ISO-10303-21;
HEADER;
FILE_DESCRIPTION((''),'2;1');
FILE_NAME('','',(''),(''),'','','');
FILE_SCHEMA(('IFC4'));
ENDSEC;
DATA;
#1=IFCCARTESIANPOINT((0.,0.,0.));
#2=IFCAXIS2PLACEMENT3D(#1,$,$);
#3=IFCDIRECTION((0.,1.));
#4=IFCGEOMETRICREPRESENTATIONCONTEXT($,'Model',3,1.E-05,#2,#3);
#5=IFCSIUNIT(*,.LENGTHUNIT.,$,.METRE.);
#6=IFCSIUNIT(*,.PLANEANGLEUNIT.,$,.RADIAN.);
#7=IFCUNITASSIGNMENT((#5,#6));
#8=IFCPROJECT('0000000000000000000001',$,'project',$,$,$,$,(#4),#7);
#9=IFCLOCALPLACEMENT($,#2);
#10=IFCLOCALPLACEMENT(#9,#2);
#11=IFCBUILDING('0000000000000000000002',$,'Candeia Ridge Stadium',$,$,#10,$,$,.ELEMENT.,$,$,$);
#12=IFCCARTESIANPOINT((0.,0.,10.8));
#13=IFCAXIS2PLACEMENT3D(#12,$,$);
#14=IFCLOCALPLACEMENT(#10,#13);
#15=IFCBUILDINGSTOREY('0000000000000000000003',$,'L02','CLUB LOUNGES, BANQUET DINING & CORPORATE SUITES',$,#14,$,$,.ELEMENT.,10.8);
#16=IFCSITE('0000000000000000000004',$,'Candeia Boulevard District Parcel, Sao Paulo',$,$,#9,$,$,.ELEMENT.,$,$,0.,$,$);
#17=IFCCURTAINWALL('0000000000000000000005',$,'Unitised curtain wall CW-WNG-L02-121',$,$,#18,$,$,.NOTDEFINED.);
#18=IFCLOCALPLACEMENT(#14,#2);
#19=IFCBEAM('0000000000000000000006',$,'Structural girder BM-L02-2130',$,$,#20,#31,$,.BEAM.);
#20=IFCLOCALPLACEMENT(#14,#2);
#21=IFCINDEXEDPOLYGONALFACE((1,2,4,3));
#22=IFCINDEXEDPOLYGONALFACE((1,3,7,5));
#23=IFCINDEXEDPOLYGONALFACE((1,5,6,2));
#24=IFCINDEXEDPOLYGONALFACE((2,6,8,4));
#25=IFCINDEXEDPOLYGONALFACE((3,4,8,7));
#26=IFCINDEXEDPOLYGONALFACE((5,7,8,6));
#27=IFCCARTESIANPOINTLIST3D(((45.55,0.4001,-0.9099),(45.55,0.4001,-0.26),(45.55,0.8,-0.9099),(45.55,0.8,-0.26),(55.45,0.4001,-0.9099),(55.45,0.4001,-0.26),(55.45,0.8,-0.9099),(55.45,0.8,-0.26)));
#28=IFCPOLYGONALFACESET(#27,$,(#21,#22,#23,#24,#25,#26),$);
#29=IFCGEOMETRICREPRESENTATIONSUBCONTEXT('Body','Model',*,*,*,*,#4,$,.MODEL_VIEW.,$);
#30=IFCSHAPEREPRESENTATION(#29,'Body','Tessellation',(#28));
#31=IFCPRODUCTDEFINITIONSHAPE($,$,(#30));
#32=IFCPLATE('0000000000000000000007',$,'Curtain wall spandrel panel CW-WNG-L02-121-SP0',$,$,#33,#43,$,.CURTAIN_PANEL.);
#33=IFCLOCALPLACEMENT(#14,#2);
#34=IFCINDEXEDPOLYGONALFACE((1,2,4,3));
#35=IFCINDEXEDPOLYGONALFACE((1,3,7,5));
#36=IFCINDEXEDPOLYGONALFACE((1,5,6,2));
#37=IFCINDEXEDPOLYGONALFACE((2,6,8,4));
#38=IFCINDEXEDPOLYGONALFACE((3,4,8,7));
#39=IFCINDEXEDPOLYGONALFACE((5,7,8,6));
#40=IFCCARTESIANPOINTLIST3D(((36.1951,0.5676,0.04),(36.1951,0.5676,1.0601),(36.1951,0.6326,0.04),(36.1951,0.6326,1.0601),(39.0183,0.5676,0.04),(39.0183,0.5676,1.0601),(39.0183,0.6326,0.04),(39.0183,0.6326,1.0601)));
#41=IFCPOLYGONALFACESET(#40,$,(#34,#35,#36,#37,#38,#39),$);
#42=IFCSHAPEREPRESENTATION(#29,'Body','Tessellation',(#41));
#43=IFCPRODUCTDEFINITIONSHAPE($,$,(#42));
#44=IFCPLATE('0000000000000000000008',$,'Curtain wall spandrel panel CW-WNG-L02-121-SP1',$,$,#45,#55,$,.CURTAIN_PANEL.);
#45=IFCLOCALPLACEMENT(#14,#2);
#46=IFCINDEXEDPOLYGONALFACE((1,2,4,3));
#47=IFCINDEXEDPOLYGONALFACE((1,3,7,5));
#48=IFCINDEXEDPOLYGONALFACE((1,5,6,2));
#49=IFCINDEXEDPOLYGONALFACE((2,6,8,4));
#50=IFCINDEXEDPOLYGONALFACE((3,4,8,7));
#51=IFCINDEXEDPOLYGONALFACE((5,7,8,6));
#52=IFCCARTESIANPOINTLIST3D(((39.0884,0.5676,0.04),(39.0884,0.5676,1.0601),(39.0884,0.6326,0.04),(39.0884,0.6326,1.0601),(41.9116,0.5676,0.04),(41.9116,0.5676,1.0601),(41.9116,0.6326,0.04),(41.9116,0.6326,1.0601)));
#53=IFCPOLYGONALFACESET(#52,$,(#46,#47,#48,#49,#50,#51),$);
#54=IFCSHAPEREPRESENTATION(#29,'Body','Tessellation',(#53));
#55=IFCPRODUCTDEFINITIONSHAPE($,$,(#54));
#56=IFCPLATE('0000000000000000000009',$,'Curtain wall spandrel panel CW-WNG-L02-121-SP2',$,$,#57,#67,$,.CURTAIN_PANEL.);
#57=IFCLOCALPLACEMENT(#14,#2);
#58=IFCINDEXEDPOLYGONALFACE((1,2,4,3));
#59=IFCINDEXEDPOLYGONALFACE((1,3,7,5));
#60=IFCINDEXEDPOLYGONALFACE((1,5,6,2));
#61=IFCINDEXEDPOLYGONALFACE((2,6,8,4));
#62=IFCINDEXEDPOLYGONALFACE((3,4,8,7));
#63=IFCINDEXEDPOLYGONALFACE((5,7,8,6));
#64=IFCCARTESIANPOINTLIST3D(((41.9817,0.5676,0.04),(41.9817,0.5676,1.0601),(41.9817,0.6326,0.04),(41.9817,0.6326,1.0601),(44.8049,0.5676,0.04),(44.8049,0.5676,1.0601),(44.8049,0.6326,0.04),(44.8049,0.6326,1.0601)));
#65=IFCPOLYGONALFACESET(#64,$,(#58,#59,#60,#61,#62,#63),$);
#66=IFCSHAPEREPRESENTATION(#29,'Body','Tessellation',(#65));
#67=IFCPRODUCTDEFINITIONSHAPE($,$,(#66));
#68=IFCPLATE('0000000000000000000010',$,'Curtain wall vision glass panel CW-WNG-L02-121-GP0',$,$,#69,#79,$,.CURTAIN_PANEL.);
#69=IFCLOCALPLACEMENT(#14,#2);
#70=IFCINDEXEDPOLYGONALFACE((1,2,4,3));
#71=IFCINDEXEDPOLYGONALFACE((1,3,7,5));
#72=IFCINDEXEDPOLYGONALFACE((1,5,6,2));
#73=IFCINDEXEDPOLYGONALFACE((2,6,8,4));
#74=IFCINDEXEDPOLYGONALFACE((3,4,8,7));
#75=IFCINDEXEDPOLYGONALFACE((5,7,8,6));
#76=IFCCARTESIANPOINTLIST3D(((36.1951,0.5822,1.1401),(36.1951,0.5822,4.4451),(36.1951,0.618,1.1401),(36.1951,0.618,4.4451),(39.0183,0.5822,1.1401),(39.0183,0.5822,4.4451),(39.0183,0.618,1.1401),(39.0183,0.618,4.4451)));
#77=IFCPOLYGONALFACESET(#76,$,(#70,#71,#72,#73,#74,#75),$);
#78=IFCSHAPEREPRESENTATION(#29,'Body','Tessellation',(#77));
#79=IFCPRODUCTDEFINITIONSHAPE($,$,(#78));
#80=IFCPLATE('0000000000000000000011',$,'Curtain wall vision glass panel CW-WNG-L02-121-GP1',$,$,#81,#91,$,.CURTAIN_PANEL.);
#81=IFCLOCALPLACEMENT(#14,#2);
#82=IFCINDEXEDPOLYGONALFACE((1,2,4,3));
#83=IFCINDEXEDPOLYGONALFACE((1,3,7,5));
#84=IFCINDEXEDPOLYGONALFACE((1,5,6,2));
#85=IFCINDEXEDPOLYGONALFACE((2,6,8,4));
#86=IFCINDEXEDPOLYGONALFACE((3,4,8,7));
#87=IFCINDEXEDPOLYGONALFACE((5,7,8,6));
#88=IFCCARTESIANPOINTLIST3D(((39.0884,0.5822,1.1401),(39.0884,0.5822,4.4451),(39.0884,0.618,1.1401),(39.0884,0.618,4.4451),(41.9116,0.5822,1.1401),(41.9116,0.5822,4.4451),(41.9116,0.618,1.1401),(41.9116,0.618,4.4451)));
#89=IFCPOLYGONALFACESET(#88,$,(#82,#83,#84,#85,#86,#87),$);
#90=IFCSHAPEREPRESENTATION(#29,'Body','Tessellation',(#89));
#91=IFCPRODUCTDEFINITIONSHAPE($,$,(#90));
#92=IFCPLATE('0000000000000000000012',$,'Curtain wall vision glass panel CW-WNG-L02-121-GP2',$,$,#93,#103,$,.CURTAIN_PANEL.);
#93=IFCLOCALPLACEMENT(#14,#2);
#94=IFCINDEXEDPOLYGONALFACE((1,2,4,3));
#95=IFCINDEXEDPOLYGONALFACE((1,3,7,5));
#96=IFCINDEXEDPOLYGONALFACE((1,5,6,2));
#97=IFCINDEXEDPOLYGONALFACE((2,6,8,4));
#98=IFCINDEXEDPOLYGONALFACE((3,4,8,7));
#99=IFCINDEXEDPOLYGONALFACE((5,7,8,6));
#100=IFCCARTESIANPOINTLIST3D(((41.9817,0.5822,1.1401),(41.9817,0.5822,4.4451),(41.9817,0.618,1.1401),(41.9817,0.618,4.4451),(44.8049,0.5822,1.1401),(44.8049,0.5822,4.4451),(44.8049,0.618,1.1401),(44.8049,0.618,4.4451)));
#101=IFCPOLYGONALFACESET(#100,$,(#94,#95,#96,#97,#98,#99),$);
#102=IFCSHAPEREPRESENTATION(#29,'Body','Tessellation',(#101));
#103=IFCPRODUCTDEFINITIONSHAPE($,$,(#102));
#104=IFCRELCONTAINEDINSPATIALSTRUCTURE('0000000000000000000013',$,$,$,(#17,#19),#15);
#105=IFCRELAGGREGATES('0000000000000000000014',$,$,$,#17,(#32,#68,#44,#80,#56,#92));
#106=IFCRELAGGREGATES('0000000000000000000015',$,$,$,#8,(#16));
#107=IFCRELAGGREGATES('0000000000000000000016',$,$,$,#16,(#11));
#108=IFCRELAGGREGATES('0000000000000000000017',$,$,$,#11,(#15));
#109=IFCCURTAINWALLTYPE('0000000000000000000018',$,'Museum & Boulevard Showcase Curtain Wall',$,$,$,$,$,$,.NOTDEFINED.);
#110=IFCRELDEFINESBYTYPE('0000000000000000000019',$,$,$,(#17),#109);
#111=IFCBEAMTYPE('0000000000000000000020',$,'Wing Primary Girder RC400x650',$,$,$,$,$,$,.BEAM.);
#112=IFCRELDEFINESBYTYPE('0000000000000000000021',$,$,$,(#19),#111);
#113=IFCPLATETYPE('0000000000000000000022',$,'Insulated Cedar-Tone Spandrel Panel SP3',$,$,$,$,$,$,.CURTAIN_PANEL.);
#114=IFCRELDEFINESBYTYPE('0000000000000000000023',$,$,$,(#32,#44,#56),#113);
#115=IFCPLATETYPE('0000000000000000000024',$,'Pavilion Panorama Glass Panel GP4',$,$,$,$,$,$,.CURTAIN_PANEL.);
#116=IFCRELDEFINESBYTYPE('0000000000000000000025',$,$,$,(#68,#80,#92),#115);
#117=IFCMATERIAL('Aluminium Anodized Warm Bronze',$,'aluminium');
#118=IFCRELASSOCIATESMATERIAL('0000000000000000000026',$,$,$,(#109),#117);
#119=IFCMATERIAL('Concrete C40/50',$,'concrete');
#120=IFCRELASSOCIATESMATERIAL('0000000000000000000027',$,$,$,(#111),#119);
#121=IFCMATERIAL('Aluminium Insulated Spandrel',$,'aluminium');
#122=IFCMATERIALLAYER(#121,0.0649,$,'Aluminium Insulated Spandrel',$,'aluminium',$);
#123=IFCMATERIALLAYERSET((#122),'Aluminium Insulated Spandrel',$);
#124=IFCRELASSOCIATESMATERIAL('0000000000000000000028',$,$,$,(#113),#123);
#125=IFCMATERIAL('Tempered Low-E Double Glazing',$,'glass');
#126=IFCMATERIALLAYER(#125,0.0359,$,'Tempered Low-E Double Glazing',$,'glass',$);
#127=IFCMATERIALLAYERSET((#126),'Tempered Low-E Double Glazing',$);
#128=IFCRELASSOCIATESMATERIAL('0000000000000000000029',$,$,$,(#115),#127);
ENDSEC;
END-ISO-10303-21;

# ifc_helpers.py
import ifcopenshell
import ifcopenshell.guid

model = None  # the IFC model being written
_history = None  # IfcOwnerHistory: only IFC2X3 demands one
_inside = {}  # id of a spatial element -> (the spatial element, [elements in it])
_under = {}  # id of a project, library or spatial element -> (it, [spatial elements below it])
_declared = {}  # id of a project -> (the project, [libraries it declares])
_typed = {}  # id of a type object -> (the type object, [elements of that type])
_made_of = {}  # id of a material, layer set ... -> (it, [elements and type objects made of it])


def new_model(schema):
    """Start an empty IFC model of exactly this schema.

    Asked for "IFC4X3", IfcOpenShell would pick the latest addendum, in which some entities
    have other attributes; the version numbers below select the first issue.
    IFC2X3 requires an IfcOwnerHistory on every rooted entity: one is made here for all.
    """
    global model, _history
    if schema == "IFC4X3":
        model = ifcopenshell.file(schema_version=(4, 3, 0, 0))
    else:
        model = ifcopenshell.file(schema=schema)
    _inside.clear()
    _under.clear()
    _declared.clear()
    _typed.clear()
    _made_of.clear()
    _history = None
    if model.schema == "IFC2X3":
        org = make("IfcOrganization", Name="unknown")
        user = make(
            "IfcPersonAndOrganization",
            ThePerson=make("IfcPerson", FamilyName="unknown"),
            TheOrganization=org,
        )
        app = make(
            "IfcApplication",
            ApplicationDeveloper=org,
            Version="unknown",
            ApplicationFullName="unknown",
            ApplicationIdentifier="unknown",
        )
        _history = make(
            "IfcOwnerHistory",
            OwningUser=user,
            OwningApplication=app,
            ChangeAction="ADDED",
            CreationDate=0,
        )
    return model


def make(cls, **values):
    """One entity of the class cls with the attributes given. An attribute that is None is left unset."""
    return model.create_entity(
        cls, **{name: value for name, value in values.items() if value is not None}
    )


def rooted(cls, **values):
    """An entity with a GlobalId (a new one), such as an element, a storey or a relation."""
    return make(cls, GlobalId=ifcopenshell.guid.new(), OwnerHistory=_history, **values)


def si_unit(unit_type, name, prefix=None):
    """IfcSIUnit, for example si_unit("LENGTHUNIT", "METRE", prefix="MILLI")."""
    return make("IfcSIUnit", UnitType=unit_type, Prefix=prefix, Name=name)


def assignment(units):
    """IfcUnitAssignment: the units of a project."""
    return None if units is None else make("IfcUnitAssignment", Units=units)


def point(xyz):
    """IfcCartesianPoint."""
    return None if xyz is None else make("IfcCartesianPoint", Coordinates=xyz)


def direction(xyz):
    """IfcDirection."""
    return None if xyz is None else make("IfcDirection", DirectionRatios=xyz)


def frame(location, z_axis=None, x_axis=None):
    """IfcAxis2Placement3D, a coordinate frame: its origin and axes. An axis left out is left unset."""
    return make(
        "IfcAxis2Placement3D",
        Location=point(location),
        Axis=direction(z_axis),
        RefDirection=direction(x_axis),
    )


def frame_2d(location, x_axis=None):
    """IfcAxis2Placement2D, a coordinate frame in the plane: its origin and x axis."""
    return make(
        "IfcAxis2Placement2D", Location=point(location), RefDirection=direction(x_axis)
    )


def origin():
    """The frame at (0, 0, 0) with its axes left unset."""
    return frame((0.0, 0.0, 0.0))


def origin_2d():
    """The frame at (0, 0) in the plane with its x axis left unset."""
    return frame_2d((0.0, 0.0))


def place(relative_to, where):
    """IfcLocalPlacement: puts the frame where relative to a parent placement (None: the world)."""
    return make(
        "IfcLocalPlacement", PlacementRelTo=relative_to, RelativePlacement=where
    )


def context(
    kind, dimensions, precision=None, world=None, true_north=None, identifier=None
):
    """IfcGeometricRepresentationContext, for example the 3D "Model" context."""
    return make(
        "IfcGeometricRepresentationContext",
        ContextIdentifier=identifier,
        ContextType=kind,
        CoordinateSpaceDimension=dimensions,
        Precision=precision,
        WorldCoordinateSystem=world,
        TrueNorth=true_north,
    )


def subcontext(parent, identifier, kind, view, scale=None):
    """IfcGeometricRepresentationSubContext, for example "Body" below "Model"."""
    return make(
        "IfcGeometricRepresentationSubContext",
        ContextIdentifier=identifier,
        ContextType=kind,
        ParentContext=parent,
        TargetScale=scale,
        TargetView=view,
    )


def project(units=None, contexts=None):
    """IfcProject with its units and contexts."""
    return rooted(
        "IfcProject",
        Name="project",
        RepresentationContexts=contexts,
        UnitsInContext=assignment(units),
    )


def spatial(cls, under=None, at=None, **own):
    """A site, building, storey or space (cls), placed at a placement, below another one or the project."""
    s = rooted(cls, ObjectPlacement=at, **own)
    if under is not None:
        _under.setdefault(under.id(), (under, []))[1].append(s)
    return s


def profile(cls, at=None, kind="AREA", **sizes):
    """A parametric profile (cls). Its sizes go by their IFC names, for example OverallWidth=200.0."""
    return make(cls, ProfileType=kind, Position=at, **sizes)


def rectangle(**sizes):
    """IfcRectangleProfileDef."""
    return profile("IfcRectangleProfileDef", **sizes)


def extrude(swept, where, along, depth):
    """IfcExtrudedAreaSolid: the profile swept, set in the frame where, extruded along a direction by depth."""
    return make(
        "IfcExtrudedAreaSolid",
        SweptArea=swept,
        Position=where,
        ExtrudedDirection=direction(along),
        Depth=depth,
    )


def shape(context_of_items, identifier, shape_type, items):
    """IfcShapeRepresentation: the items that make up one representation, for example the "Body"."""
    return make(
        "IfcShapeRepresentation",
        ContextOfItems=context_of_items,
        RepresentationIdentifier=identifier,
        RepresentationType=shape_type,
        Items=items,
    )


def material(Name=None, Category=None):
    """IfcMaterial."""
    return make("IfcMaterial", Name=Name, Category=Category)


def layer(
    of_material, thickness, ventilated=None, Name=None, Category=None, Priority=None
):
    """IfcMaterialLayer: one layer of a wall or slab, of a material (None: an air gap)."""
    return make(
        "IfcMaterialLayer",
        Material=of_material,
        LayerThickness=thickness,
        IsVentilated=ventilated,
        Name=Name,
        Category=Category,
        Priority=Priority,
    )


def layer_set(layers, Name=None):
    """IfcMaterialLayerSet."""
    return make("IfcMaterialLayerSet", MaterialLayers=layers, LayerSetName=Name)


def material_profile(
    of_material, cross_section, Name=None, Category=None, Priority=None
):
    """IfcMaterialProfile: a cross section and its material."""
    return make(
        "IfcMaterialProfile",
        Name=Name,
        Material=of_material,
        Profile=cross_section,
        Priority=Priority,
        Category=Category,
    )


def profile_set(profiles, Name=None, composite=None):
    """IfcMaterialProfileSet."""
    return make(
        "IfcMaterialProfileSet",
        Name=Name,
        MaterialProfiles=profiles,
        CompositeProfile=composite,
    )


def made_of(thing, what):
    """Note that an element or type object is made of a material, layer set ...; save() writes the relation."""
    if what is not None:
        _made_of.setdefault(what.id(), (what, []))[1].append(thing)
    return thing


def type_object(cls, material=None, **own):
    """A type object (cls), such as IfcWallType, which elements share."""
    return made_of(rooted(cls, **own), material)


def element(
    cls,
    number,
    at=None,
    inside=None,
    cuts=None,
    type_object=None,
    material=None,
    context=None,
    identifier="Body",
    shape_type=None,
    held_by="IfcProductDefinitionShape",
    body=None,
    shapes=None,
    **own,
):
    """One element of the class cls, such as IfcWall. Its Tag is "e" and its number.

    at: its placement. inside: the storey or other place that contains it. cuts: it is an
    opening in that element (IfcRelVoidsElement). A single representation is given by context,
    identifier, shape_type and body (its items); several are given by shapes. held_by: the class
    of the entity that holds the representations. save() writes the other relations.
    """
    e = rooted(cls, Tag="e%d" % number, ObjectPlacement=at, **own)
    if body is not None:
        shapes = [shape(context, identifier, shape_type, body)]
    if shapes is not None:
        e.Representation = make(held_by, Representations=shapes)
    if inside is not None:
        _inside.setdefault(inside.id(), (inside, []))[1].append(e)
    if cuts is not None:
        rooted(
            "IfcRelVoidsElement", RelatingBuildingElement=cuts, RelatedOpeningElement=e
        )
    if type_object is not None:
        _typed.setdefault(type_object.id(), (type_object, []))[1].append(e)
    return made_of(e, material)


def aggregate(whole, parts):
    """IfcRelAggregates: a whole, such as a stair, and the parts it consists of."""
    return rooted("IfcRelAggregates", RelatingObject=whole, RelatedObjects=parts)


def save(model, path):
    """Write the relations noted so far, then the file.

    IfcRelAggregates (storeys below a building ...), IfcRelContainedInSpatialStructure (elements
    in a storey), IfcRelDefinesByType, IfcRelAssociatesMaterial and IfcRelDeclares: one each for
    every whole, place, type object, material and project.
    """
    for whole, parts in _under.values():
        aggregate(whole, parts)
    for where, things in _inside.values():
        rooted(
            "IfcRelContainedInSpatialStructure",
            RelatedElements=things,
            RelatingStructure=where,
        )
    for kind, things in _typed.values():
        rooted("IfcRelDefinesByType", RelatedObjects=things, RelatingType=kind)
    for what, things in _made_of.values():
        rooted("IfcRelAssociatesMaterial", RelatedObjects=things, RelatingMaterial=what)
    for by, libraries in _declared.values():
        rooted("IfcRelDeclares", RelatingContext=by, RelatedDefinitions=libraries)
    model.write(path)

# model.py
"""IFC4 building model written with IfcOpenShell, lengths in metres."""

from ifc_helpers import new_model, si_unit, direction, frame, origin, origin_2d, place, context, subcontext, project, spatial, rectangle, extrude, material, layer, layer_set, material_profile, profile_set, type_object, element, aggregate, save


model = new_model("IFC4")

# Units and contexts
model_context = context("Model", 3, precision=1e-05, world=origin(), true_north=direction((0.0, 1.0)))
body_context = subcontext(model_context, "Body", "Model", "MODEL_VIEW")
ifc_project = project(units=[si_unit("LENGTHUNIT", "METRE"), si_unit("PLANEANGLEUNIT", "RADIAN")], contexts=[model_context])

# Site, building, storey
site_placement = place(None, origin())
site = spatial("IfcSite", under=ifc_project, at=site_placement, Name="Candeia Boulevard District Parcel, Sao Paulo", CompositionType="ELEMENT", RefElevation=0.0)
building_placement = place(site_placement, origin())
building = spatial("IfcBuilding", under=site, at=building_placement, Name="Candeia Ridge Stadium", CompositionType="ELEMENT")
storey_placement = place(building_placement, frame((0.0, 0.0, 10.8)))
storey = spatial("IfcBuildingStorey", under=building, at=storey_placement, Name="L02", Description="CLUB LOUNGES, BANQUET DINING & CORPORATE SUITES", CompositionType="ELEMENT", Elevation=10.8)

# Shared definitions
ifc_material_1 = material(Name="Concrete C40/50", Category="concrete")

# Curtain wall
ifc_material_2 = material(Name="Aluminium Anodized Warm Bronze", Category="aluminium")
curtain_wall_type = type_object("IfcCurtainWallType", Name="Museum & Boulevard Showcase Curtain Wall", PredefinedType="NOTDEFINED", material=ifc_material_2)
curtain_wall_1_placement = place(storey_placement, origin())
curtain_wall_1 = element("IfcCurtainWall", 1, at=curtain_wall_1_placement, inside=storey, type_object=curtain_wall_type, Name="Unitised curtain wall CW-WNG-L02-121", PredefinedType="NOTDEFINED")

# Beam
ifc_material_profile_1 = material_profile(ifc_material_1, rectangle(XDim=0.3999, YDim=0.6499, at=origin_2d()), Name="RC400x650", Category="concrete")
ifc_profile_set_1 = profile_set([ifc_material_profile_1], Name="Concrete C40/50")
beam_type_1 = type_object("IfcBeamType", Name="Wing Primary Girder RC400x650", PredefinedType="BEAM", material=ifc_profile_set_1)
for number, where, z_axis, x_axis, name in (
    (2, (45.55, 0.6001, -0.585), (1.0, 0.0, 0.0), (0.0, 1.0, 0.0), "Structural girder BM-L02-2130"),
):
    element("IfcBeam", number, at=place(storey_placement, frame(where, z_axis=z_axis, x_axis=x_axis)), inside=storey, type_object=beam_type_1, Name=name, PredefinedType="BEAM", context=body_context, shape_type="SweptSolid", body=[
        extrude(rectangle(XDim=0.3999, YDim=0.6499, at=origin_2d()), origin(), (0.0, 0.0, 1.0), 9.8999),
    ])

# Plates
ifc_material_3 = material(Name="Aluminium Insulated Spandrel", Category="aluminium")
ifc_layer_1 = layer(ifc_material_3, 0.0649, Name="Aluminium Insulated Spandrel", Category="aluminium")
ifc_layer_set_1 = layer_set([ifc_layer_1], Name="Aluminium Insulated Spandrel")
plate_type_1 = type_object("IfcPlateType", Name="Insulated Cedar-Tone Spandrel Panel SP3", PredefinedType="CURTAIN_PANEL", material=ifc_layer_set_1)
plate_1_placement = place(storey_placement, frame((37.6067, 0.6001, 0.04), z_axis=(0.0, 0.0, 1.0), x_axis=(1.0, 0.0, 0.0)))
plate_1 = element("IfcPlate", 3, at=plate_1_placement, type_object=plate_type_1, Name="Curtain wall spandrel panel CW-WNG-L02-121-SP0", PredefinedType="CURTAIN_PANEL", context=body_context, shape_type="SweptSolid", body=[
    extrude(rectangle(XDim=2.8232, YDim=0.0649, at=origin_2d()), origin(), (0.0, 0.0, 1.0), 1.02),
])
plate_2_placement = place(storey_placement, frame((40.5, 0.6001, 0.04), z_axis=(0.0, 0.0, 1.0), x_axis=(1.0, 0.0, 0.0)))
plate_2 = element("IfcPlate", 4, at=plate_2_placement, type_object=plate_type_1, Name="Curtain wall spandrel panel CW-WNG-L02-121-SP1", PredefinedType="CURTAIN_PANEL", context=body_context, shape_type="SweptSolid", body=[
    extrude(rectangle(XDim=2.8232, YDim=0.0649, at=origin_2d()), origin(), (0.0, 0.0, 1.0), 1.02),
])
plate_3_placement = place(storey_placement, frame((43.3933, 0.6001, 0.04), z_axis=(0.0, 0.0, 1.0), x_axis=(1.0, 0.0, 0.0)))
plate_3 = element("IfcPlate", 5, at=plate_3_placement, type_object=plate_type_1, Name="Curtain wall spandrel panel CW-WNG-L02-121-SP2", PredefinedType="CURTAIN_PANEL", context=body_context, shape_type="SweptSolid", body=[
    extrude(rectangle(XDim=2.8232, YDim=0.0649, at=origin_2d()), origin(), (0.0, 0.0, 1.0), 1.02),
])
ifc_material_4 = material(Name="Tempered Low-E Double Glazing", Category="glass")
ifc_layer_2 = layer(ifc_material_4, 0.0359, Name="Tempered Low-E Double Glazing", Category="glass")
ifc_layer_set_2 = layer_set([ifc_layer_2], Name="Tempered Low-E Double Glazing")
plate_type_2 = type_object("IfcPlateType", Name="Pavilion Panorama Glass Panel GP4", PredefinedType="CURTAIN_PANEL", material=ifc_layer_set_2)
plate_4_placement = place(storey_placement, frame((37.6067, 0.6001, 1.1401), z_axis=(0.0, 0.0, 1.0), x_axis=(1.0, 0.0, 0.0)))
plate_4 = element("IfcPlate", 6, at=plate_4_placement, type_object=plate_type_2, Name="Curtain wall vision glass panel CW-WNG-L02-121-GP0", PredefinedType="CURTAIN_PANEL", context=body_context, shape_type="SweptSolid", body=[
    extrude(rectangle(XDim=2.8232, YDim=0.0359, at=origin_2d()), origin(), (0.0, 0.0, 1.0), 3.3049),
])
plate_5_placement = place(storey_placement, frame((40.5, 0.6001, 1.1401), z_axis=(0.0, 0.0, 1.0), x_axis=(1.0, 0.0, 0.0)))
plate_5 = element("IfcPlate", 7, at=plate_5_placement, type_object=plate_type_2, Name="Curtain wall vision glass panel CW-WNG-L02-121-GP1", PredefinedType="CURTAIN_PANEL", context=body_context, shape_type="SweptSolid", body=[
    extrude(rectangle(XDim=2.8232, YDim=0.0359, at=origin_2d()), origin(), (0.0, 0.0, 1.0), 3.3049),
])
plate_6_placement = place(storey_placement, frame((43.3933, 0.6001, 1.1401), z_axis=(0.0, 0.0, 1.0), x_axis=(1.0, 0.0, 0.0)))
plate_6 = element("IfcPlate", 8, at=plate_6_placement, type_object=plate_type_2, Name="Curtain wall vision glass panel CW-WNG-L02-121-GP2", PredefinedType="CURTAIN_PANEL", context=body_context, shape_type="SweptSolid", body=[
    extrude(rectangle(XDim=2.8232, YDim=0.0359, at=origin_2d()), origin(), (0.0, 0.0, 1.0), 3.3049),
])
aggregate(curtain_wall_1, [plate_1, plate_4, plate_2, plate_5, plate_3, plate_6])

save(model, "model.ifc")
